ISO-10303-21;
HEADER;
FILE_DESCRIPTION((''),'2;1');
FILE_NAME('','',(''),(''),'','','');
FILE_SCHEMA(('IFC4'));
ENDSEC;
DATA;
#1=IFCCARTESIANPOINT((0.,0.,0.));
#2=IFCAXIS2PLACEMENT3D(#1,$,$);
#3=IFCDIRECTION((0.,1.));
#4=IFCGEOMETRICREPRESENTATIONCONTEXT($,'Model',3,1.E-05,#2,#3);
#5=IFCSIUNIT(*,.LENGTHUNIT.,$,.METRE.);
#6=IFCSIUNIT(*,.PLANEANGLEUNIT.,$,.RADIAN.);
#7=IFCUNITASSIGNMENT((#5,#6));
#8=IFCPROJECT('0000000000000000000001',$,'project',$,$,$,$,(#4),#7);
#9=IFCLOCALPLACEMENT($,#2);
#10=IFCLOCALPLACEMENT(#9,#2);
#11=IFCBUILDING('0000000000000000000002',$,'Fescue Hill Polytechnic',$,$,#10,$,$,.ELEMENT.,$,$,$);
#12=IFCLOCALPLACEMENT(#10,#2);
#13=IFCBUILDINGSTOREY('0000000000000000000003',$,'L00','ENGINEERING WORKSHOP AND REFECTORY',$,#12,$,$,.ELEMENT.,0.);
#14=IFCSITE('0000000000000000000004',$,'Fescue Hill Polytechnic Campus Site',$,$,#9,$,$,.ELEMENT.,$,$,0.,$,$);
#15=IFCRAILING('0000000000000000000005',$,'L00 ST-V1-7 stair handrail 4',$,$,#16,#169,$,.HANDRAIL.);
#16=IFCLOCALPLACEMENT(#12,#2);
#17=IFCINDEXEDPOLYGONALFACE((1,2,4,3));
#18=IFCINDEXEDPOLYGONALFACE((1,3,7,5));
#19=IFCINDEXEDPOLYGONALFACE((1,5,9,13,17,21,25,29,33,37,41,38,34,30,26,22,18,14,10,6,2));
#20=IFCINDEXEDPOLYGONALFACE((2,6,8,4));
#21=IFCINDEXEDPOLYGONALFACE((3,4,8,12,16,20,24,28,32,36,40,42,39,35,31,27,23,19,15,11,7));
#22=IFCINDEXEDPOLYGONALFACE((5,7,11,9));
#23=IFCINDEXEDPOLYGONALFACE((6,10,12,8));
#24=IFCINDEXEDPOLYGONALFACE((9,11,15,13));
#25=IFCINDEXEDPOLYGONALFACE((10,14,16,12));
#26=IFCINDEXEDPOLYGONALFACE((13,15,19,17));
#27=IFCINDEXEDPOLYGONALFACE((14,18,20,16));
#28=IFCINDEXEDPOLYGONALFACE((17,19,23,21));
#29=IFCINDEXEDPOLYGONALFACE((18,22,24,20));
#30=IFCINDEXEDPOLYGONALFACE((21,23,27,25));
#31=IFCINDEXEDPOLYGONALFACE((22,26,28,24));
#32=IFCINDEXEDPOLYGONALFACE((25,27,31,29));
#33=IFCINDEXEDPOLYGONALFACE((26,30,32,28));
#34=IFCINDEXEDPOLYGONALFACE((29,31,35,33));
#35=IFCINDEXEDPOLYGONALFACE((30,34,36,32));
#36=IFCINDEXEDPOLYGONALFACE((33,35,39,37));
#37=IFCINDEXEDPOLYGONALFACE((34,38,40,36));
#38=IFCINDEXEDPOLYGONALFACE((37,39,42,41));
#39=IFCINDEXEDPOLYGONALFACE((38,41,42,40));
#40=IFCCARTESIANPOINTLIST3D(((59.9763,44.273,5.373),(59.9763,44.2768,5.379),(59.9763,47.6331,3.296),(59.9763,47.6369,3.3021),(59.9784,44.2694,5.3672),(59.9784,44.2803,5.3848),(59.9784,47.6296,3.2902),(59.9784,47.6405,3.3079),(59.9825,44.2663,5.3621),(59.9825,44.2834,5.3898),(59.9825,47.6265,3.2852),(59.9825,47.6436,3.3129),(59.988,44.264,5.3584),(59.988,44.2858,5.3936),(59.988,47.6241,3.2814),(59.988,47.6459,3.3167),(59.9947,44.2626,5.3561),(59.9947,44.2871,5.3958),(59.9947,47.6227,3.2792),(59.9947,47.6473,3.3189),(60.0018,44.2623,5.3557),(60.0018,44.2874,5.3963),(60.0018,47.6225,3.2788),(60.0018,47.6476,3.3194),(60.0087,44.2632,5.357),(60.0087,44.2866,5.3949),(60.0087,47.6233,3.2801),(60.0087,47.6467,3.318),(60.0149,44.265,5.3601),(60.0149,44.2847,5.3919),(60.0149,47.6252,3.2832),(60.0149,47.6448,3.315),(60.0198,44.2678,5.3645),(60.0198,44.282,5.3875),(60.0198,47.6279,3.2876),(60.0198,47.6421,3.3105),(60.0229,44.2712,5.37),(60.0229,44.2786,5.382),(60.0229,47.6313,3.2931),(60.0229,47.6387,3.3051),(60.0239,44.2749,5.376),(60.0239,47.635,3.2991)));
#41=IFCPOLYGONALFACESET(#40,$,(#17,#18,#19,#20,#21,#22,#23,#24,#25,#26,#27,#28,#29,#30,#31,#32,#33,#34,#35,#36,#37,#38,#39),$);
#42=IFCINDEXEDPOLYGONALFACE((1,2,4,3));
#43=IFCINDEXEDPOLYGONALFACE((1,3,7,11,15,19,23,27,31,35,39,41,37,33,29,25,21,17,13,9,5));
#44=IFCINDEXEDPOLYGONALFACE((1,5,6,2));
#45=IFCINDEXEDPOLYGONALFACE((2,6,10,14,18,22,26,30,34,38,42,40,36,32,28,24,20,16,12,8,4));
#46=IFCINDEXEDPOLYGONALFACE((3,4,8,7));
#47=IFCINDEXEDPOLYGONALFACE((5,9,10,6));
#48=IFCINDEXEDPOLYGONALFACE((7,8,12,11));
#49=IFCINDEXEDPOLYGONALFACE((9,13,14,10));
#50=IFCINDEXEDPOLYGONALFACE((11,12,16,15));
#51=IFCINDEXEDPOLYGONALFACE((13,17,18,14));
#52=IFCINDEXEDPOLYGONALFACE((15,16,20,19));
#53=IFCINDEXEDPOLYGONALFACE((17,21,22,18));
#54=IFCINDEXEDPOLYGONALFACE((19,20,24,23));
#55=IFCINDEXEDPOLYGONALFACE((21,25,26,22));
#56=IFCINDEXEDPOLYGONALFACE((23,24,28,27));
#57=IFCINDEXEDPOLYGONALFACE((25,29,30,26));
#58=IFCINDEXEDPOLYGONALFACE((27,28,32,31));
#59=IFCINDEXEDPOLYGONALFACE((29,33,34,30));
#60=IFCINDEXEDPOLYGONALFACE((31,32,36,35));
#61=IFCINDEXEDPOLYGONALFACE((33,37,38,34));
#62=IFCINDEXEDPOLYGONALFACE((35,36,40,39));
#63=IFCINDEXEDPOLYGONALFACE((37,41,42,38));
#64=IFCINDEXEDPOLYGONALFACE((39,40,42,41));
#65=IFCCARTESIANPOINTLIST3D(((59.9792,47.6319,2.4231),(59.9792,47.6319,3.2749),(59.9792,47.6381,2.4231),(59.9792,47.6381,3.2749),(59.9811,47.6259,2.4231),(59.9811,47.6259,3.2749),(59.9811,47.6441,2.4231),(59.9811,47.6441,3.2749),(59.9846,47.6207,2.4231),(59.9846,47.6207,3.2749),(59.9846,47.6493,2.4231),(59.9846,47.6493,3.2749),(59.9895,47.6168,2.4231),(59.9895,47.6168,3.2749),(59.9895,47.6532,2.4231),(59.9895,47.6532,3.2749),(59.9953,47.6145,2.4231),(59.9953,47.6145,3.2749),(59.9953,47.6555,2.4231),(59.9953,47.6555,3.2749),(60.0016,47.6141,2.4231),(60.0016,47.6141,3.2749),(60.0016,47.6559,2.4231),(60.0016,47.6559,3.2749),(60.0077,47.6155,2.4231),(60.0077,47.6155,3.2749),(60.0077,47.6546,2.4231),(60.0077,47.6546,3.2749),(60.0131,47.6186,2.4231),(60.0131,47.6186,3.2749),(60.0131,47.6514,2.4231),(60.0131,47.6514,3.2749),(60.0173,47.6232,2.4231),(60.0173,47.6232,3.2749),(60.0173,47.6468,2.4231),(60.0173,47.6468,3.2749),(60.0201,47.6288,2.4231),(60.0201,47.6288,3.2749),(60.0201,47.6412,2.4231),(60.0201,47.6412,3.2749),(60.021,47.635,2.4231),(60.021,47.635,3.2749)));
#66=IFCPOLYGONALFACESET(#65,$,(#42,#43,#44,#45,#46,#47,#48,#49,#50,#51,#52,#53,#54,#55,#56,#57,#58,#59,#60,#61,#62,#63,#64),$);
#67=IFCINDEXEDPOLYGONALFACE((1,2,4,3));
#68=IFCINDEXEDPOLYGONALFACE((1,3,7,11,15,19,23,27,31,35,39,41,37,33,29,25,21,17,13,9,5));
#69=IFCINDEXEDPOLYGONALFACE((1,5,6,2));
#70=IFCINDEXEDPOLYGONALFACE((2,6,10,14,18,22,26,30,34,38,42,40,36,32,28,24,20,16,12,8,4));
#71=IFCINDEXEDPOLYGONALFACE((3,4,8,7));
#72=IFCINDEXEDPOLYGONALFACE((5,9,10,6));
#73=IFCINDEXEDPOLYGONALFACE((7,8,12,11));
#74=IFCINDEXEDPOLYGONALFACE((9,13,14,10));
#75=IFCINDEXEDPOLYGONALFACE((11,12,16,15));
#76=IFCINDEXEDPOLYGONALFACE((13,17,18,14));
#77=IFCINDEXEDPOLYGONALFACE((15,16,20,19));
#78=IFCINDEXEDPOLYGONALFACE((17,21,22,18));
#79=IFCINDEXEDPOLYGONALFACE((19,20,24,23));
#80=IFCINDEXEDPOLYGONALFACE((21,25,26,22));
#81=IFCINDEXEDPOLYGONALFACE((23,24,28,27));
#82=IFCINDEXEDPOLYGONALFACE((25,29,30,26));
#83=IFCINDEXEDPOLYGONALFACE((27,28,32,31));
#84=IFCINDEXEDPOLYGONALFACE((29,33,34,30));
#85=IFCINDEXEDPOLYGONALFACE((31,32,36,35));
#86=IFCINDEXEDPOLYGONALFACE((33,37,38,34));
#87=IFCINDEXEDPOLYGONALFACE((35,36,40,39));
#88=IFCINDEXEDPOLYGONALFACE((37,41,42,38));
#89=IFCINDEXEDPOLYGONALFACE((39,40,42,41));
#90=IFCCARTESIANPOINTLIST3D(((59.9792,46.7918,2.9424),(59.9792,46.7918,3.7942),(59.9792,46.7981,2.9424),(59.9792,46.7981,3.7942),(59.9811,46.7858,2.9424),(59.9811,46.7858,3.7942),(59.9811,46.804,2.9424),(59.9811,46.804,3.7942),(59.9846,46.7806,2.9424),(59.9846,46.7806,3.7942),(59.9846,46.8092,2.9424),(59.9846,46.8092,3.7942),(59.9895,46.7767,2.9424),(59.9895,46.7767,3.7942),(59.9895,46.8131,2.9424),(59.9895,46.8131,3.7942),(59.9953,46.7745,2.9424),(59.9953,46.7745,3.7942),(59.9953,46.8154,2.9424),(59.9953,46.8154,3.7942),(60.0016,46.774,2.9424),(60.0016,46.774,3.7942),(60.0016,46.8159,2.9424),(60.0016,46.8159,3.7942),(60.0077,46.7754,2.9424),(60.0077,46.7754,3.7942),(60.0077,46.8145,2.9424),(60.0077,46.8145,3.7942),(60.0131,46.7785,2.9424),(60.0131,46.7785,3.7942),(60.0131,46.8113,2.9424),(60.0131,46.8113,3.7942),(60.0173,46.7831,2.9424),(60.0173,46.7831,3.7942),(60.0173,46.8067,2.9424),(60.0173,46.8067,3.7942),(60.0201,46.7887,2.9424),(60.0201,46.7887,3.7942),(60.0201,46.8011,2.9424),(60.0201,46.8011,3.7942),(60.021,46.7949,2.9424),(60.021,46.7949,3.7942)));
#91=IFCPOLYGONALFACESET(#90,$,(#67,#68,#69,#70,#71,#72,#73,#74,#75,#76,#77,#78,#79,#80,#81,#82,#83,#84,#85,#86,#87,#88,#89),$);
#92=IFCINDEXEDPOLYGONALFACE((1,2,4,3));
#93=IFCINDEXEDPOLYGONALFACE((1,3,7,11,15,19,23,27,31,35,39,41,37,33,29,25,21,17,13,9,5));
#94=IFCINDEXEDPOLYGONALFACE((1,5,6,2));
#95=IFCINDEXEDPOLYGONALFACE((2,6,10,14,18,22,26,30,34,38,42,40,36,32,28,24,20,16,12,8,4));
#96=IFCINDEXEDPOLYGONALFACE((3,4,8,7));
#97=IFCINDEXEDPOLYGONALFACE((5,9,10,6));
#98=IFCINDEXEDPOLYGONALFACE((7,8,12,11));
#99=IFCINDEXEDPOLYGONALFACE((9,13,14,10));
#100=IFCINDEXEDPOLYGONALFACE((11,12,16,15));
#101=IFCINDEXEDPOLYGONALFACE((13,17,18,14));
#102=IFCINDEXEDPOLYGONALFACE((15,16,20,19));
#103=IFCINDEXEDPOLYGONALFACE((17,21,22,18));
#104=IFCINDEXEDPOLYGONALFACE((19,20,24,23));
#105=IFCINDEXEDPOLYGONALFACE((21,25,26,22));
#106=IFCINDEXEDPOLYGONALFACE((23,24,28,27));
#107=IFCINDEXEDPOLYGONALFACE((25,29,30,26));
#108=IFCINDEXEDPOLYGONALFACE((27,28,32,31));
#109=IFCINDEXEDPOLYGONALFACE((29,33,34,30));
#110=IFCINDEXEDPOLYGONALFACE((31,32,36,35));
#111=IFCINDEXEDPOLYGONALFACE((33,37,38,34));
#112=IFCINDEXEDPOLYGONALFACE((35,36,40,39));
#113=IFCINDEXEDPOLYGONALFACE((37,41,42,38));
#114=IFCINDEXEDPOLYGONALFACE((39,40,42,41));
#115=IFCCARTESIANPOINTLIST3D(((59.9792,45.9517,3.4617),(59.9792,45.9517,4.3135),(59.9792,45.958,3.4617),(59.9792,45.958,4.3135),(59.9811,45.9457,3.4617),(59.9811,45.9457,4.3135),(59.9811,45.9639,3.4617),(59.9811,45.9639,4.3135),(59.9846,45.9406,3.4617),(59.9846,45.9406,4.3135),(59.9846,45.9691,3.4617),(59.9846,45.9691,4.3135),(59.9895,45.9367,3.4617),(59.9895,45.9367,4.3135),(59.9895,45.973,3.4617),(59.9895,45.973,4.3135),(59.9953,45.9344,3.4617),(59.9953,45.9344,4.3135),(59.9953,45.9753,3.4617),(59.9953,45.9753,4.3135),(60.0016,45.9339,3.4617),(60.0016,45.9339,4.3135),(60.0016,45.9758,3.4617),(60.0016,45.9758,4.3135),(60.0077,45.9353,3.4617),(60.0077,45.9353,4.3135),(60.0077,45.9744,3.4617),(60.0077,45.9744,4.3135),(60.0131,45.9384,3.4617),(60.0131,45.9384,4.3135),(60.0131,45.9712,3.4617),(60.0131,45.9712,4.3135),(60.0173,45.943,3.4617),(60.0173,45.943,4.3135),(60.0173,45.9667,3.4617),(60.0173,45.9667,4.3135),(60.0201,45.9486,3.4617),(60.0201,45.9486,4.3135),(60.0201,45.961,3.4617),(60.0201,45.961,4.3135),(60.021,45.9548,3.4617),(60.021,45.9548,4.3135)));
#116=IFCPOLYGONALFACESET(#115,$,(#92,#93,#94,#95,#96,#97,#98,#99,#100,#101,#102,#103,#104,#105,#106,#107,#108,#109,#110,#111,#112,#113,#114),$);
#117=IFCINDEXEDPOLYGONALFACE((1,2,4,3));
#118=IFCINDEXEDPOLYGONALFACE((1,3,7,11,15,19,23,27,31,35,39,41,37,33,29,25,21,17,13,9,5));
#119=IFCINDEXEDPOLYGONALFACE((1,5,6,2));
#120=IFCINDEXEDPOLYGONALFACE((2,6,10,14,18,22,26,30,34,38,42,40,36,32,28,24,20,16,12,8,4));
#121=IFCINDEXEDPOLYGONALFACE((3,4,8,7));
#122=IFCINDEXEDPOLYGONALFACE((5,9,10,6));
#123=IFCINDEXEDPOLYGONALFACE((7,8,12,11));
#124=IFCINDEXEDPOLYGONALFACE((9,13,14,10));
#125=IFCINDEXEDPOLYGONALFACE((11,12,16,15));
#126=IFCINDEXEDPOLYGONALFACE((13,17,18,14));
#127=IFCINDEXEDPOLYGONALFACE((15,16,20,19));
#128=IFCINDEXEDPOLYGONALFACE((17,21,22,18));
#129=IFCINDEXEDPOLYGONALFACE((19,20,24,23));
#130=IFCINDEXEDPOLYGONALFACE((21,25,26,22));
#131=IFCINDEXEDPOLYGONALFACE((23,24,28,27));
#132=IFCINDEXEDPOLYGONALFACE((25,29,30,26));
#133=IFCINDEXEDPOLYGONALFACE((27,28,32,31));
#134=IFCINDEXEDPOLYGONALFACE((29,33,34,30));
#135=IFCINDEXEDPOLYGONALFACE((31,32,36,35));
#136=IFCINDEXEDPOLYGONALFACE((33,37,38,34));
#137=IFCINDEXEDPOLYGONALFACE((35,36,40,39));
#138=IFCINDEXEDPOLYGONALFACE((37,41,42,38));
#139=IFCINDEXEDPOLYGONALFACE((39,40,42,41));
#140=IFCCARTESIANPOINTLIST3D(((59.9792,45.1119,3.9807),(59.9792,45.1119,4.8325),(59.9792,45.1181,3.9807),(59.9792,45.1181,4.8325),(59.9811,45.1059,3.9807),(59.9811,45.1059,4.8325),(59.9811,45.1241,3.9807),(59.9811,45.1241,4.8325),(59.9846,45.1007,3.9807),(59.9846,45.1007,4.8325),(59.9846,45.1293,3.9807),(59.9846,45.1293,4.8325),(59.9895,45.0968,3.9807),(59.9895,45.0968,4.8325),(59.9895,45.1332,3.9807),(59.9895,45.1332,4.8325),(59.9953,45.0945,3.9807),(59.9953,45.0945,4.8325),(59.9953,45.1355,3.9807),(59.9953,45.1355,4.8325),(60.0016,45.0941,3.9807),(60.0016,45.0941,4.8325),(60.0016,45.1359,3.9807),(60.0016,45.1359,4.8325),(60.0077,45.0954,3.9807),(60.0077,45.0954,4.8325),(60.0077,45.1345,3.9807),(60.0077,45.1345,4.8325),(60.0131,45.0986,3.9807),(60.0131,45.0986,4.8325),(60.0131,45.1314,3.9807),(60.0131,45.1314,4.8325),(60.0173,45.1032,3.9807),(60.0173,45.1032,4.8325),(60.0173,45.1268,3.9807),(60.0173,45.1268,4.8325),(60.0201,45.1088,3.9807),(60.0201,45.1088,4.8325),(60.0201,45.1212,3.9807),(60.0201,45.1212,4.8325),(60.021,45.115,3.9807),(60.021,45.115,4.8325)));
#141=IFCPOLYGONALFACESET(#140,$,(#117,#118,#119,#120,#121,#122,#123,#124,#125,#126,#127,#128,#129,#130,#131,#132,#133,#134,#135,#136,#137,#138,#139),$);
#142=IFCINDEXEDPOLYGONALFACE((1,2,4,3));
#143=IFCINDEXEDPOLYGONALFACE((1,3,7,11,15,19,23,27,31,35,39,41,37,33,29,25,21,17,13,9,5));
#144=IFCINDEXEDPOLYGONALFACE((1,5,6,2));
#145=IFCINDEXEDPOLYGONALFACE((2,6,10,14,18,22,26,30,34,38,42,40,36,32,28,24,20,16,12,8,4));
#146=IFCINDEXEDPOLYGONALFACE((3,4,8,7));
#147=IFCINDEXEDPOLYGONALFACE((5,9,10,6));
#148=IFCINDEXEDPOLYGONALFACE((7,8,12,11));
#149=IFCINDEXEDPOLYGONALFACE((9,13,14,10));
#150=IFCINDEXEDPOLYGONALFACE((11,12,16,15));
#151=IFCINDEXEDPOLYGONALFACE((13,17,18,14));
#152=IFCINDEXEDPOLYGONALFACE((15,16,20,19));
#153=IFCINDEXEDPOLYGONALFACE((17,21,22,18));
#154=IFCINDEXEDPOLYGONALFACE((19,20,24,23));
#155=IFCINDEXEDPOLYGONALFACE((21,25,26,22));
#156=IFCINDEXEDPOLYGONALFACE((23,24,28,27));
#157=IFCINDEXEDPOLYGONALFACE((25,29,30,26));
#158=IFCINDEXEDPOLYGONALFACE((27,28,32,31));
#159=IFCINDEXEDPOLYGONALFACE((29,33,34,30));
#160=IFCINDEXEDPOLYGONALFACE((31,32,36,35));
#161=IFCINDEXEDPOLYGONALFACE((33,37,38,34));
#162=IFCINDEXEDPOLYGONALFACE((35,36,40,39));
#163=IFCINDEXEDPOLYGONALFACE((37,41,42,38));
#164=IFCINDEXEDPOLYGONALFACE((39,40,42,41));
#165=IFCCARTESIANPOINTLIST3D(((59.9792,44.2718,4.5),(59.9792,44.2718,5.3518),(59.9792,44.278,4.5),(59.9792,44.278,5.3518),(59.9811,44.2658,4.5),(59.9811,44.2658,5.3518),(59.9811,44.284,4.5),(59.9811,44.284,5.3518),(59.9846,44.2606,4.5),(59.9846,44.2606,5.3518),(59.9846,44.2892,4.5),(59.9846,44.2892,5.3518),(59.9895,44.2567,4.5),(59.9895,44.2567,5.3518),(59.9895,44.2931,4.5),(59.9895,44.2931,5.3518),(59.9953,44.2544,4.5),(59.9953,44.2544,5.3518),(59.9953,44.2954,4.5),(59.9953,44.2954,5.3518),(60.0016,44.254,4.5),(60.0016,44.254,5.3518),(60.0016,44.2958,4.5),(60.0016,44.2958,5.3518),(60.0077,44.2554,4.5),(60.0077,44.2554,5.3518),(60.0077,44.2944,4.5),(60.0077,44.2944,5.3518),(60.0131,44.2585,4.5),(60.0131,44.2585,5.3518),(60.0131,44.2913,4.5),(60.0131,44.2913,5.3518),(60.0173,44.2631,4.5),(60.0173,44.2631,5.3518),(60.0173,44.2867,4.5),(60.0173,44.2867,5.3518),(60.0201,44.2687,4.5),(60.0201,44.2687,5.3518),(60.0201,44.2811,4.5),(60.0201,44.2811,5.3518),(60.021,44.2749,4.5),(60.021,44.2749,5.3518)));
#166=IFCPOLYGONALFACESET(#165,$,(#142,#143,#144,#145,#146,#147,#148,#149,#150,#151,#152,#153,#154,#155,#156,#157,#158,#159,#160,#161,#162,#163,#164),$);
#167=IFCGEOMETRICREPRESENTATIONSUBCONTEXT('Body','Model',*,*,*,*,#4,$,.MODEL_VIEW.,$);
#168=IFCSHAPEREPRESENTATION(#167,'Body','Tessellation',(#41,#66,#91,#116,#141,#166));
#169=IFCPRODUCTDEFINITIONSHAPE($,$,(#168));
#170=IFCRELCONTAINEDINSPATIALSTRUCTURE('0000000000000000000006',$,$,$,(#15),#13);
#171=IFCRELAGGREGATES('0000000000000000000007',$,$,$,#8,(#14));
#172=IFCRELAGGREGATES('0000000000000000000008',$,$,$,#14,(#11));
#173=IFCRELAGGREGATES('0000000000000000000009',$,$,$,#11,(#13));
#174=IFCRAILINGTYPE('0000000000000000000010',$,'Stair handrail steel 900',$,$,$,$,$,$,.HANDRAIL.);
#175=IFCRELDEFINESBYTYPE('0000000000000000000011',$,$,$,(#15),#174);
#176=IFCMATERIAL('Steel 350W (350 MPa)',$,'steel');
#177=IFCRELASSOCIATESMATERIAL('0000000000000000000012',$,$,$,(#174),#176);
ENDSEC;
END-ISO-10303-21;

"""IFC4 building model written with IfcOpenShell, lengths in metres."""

from ifc_helpers import new_model, si_unit, direction, frame, origin, origin_2d, place, context, subcontext, project, spatial, circle, extrude, material, type_object, element, save


model = new_model("IFC4")

# Units and contexts
model_context = context("Model", 3, precision=1e-05, world=origin(), true_north=direction((0.0, 1.0)))
body_context = subcontext(model_context, "Body", "Model", "MODEL_VIEW")
ifc_project = project(units=[si_unit("LENGTHUNIT", "METRE"), si_unit("PLANEANGLEUNIT", "RADIAN")], contexts=[model_context])

# Site, building, storey
site_placement = place(None, origin())
site = spatial("IfcSite", under=ifc_project, at=site_placement, Name="Fescue Hill Polytechnic Campus Site", CompositionType="ELEMENT", RefElevation=0.0)
building_placement = place(site_placement, origin())
building = spatial("IfcBuilding", under=site, at=building_placement, Name="Fescue Hill Polytechnic", CompositionType="ELEMENT")
storey_placement = place(building_placement, origin())
storey = spatial("IfcBuildingStorey", under=building, at=storey_placement, Name="L00", Description="ENGINEERING WORKSHOP AND REFECTORY", CompositionType="ELEMENT", Elevation=0.0)

# Railing
ifc_material_1 = material(Name="Steel 350W (350 MPa)", Category="steel")
railing_type_1 = type_object("IfcRailingType", Name="Stair handrail steel 900", PredefinedType="HANDRAIL", material=ifc_material_1)
for number, where, name in (
    (1, (60.0, 47.635, 2.4231), "L00 ST-V1-7 stair handrail 4"),
):
    element("IfcRailing", number, at=place(storey_placement, frame(where)), inside=storey, type_object=railing_type_1, Name=name, PredefinedType="HANDRAIL", context=body_context, shape_type="SweptSolid", body=[
        extrude(circle(Radius=0.0239, at=origin_2d()), frame((0.0, 0.0, 0.876), z_axis=(0.0, -0.850623, 0.525776), x_axis=(1.0, 0.0, 0.0)), (0.0, 0.0, 1.0), 3.9502),
        extrude(circle(Radius=0.021, at=origin_2d()), origin(), (0.0, 0.0, 1.0), 0.8518),
        extrude(circle(Radius=0.021, at=origin_2d()), frame((0.0, -0.8401, 0.5193)), (0.0, 0.0, 1.0), 0.8518),
        extrude(circle(Radius=0.021, at=origin_2d()), frame((0.0, -1.6802, 1.0386)), (0.0, 0.0, 1.0), 0.8518),
        extrude(circle(Radius=0.021, at=origin_2d()), frame((0.0, -2.52, 1.5576)), (0.0, 0.0, 1.0), 0.8518),
        extrude(circle(Radius=0.021, at=origin_2d()), frame((0.0, -3.3601, 2.0769)), (0.0, 0.0, 1.0), 0.8518),
    ])

save(model, "model.ifc")
